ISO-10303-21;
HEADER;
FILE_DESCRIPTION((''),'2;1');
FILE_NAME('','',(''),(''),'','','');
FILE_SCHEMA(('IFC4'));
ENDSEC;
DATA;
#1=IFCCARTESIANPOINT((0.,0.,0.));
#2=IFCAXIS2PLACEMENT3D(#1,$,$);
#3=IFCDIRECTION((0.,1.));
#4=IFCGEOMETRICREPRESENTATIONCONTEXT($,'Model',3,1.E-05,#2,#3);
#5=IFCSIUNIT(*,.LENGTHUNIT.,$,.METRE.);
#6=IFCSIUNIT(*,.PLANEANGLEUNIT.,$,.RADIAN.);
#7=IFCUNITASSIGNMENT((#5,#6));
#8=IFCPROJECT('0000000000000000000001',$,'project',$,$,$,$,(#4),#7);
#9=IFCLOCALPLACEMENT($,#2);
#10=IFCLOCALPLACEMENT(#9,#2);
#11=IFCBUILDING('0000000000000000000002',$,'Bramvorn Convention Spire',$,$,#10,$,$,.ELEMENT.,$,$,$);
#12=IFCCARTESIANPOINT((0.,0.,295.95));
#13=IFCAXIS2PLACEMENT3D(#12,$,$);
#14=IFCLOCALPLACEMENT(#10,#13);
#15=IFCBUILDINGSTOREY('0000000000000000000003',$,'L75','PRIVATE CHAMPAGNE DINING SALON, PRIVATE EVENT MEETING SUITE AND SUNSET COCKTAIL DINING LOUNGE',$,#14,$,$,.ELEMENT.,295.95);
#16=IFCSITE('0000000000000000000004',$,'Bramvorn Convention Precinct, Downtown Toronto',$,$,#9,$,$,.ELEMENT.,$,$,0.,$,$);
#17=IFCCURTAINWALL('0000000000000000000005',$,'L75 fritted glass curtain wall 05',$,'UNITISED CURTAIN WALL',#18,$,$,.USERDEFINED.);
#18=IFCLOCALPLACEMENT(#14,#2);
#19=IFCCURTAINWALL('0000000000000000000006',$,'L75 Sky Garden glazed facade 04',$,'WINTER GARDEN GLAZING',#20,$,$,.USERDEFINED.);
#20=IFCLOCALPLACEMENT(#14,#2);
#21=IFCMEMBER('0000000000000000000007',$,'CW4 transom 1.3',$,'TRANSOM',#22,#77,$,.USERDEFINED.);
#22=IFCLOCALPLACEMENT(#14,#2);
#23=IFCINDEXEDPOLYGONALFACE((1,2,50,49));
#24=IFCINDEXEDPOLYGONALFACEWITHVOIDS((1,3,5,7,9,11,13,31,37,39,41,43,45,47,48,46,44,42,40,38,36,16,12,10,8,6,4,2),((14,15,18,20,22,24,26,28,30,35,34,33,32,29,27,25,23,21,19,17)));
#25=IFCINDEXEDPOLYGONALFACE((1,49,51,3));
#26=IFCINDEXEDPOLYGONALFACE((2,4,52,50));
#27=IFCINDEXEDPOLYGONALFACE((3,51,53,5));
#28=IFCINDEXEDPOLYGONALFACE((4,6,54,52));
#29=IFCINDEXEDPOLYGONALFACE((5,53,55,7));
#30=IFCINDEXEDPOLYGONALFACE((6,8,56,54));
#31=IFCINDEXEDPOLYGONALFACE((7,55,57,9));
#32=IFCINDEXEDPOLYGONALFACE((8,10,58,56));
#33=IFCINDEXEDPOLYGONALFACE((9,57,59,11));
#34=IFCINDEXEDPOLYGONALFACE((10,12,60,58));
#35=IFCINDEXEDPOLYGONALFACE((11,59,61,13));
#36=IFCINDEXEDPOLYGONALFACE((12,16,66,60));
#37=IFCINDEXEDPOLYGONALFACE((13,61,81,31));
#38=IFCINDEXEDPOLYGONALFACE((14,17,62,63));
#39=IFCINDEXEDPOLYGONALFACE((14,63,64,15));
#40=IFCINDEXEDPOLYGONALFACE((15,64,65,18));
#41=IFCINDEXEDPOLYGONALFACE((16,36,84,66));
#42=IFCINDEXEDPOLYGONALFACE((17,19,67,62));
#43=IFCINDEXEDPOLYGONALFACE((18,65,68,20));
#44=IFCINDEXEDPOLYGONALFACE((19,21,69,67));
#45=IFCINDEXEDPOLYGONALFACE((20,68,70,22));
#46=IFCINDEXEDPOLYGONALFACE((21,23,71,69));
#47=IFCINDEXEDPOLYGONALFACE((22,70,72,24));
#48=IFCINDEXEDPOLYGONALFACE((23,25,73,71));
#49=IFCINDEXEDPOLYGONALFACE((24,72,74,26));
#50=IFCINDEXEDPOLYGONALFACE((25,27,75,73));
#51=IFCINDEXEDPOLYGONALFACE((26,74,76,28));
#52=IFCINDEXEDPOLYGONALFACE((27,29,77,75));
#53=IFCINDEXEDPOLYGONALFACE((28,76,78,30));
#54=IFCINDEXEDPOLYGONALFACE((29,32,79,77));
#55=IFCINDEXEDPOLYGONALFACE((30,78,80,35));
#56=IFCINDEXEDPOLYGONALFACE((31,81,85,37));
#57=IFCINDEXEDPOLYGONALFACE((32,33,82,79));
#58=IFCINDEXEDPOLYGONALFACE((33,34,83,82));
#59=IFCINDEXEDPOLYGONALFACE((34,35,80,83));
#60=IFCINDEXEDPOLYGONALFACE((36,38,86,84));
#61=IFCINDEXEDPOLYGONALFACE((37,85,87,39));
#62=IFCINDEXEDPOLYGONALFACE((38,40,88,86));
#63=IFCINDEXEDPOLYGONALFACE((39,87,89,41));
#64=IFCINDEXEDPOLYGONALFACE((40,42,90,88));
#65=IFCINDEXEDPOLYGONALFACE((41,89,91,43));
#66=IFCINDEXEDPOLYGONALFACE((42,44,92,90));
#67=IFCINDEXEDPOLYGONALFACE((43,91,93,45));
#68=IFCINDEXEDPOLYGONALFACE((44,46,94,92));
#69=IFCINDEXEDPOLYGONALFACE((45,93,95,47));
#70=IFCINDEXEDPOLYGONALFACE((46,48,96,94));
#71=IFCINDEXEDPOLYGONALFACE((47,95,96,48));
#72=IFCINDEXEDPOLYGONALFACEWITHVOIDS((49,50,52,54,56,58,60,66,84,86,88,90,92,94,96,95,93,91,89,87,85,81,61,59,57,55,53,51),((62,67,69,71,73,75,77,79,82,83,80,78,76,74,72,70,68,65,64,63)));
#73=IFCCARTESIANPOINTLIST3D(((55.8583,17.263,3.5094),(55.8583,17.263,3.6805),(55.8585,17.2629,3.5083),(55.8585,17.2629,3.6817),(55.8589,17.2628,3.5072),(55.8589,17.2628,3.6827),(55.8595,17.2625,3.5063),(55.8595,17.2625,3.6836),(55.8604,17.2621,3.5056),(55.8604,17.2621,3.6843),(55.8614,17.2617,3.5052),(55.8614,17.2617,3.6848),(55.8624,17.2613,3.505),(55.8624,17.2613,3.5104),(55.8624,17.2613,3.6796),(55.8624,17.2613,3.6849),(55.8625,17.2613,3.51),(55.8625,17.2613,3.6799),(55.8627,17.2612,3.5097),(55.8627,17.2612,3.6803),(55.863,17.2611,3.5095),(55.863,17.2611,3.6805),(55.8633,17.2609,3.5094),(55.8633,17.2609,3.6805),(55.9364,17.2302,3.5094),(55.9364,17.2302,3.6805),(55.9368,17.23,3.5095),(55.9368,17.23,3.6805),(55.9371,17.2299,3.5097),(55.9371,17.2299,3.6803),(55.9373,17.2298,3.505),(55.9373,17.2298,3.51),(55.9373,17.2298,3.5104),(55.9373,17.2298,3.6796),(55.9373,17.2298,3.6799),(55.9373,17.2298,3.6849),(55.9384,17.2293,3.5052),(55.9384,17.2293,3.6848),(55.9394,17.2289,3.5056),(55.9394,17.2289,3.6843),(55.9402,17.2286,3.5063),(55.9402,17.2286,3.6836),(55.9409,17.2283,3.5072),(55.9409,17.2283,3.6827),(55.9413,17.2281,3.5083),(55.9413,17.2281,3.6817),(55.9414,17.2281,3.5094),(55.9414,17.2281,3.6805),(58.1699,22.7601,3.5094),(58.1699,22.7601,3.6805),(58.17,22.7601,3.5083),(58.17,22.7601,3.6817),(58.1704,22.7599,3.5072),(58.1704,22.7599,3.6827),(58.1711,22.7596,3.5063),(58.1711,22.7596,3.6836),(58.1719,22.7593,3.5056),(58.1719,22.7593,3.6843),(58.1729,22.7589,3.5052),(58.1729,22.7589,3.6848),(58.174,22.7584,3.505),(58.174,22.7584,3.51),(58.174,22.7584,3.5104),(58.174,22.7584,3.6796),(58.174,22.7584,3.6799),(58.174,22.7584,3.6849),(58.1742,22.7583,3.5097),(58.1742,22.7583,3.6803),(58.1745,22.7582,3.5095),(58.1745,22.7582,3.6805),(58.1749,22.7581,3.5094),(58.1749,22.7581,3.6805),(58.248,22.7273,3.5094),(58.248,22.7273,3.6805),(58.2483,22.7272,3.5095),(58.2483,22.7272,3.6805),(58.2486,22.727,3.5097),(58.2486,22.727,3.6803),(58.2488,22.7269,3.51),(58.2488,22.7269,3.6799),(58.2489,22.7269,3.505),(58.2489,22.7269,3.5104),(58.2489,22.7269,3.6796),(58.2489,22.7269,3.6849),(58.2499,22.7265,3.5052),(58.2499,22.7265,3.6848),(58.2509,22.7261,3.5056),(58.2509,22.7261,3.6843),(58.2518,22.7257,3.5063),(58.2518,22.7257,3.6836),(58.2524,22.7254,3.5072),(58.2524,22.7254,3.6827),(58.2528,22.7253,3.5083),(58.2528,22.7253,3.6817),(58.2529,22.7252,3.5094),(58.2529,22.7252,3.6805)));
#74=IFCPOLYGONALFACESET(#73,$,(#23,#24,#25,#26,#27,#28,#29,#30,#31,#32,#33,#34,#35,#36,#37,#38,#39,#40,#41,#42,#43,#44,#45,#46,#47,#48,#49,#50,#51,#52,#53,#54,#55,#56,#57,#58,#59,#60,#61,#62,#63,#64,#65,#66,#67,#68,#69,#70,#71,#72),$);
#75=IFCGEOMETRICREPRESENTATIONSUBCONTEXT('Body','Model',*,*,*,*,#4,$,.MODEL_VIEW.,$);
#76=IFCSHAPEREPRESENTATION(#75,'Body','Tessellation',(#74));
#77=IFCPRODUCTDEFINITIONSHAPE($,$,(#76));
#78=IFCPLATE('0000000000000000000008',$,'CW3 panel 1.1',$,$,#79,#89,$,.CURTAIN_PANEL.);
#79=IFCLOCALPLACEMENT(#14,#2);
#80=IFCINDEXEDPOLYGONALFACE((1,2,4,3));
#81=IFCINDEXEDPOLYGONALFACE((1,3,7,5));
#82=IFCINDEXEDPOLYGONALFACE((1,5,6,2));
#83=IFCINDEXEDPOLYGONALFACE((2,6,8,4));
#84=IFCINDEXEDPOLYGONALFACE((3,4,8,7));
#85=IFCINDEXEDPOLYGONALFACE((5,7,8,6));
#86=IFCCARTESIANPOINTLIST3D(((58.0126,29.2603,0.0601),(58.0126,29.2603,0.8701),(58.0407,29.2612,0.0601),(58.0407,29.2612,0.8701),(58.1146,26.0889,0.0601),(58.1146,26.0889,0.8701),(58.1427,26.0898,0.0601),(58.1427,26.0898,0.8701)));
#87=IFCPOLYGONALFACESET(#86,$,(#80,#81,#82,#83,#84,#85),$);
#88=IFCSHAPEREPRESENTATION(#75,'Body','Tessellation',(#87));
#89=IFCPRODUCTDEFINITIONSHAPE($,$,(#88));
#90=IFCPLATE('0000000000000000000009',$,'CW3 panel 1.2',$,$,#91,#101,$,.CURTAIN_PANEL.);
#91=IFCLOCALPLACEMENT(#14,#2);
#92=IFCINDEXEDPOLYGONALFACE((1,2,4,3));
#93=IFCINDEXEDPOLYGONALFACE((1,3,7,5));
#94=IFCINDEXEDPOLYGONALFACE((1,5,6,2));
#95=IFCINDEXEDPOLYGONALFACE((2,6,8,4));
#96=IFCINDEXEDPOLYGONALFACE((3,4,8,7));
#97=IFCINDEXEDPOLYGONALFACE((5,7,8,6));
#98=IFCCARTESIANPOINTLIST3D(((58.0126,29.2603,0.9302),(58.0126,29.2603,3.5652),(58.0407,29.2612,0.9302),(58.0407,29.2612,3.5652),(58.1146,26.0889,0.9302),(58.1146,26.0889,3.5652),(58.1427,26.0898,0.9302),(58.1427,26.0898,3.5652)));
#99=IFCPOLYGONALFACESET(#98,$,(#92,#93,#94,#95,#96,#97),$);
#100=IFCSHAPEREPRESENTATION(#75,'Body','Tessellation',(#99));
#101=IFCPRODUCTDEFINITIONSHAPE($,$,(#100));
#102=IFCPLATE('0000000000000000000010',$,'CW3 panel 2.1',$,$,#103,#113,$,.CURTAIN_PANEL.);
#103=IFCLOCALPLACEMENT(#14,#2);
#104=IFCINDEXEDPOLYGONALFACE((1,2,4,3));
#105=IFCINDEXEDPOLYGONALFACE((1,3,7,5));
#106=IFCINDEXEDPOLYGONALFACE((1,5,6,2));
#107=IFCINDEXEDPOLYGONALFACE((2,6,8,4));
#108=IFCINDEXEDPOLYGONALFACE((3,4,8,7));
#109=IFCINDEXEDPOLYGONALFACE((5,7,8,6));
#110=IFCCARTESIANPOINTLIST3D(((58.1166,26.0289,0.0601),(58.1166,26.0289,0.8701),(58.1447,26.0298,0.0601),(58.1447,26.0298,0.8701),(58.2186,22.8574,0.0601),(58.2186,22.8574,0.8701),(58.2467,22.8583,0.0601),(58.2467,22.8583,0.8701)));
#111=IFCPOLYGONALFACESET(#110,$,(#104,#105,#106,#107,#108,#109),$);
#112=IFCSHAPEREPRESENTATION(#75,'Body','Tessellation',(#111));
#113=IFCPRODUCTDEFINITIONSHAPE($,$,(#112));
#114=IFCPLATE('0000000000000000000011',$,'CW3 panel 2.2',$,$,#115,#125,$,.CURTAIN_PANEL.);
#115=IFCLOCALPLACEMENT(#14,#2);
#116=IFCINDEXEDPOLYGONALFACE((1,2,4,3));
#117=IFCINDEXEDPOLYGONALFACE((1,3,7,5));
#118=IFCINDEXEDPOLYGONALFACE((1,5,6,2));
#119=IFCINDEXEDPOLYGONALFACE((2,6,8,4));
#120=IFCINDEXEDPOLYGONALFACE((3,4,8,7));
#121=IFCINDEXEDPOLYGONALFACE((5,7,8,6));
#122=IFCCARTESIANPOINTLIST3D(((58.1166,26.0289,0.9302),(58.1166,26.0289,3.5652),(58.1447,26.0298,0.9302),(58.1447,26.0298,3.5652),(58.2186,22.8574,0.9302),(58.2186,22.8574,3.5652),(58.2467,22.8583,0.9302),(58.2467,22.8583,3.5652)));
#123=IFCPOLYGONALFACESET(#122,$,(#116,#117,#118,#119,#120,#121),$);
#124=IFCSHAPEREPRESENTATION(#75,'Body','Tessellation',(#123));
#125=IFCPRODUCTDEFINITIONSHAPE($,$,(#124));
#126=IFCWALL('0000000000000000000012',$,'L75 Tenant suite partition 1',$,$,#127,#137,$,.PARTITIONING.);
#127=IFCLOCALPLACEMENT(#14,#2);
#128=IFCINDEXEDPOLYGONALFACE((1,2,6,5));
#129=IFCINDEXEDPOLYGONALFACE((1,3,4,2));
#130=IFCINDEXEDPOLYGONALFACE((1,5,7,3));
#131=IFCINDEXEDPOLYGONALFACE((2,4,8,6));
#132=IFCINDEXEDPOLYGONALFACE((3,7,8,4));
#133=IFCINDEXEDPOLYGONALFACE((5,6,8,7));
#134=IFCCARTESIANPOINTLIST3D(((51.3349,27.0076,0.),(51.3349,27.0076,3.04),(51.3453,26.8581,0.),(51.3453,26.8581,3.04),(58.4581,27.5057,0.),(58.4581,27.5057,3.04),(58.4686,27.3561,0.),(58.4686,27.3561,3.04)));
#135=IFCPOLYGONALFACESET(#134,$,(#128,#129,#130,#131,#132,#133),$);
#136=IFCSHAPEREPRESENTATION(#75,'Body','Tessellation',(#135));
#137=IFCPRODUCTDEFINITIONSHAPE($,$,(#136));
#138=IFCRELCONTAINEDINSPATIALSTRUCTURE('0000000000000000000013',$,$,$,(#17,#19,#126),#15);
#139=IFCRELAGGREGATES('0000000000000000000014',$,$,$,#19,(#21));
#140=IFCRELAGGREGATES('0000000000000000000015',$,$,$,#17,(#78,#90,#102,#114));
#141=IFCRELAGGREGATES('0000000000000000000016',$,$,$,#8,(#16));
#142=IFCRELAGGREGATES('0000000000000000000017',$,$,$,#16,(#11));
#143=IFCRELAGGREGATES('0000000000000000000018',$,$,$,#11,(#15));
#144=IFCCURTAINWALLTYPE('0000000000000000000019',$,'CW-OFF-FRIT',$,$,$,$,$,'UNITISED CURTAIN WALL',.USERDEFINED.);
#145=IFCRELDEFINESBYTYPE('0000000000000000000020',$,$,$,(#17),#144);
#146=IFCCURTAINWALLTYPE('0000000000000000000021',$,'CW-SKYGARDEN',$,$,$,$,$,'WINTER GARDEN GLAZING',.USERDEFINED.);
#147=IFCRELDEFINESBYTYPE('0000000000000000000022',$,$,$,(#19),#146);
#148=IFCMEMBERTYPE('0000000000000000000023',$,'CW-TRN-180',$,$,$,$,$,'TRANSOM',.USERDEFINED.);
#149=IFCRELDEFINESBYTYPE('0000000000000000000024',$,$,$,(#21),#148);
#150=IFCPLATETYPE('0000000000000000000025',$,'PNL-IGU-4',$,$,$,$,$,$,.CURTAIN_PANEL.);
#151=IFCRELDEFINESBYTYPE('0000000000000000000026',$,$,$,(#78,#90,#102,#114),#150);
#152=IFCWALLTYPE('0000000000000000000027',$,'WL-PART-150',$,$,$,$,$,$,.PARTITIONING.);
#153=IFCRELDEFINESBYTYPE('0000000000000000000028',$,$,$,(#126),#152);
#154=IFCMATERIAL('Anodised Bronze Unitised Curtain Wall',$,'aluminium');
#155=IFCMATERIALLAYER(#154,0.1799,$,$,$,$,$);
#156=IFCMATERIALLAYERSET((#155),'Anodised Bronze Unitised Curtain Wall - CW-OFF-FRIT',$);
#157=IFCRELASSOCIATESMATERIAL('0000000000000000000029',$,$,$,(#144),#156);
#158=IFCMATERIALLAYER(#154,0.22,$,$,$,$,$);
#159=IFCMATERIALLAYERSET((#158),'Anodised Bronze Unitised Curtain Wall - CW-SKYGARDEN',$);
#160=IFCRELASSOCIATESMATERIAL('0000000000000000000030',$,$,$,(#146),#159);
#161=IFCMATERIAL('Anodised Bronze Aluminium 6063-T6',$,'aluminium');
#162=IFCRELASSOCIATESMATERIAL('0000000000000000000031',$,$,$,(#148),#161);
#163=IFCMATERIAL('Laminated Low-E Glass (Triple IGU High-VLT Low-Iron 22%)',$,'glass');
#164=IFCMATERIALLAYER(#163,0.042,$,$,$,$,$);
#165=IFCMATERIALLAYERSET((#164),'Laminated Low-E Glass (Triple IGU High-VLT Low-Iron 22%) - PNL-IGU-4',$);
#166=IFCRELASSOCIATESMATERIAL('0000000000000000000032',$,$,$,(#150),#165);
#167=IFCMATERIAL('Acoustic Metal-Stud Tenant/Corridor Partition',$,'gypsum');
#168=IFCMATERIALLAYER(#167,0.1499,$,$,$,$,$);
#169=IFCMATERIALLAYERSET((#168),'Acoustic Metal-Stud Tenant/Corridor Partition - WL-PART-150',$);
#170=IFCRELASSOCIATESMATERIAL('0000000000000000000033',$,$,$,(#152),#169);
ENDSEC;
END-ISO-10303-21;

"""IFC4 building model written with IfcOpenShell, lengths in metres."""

from ifc_helpers import new_model, si_unit, direction, frame, frame_2d, origin, origin_2d, place, context, subcontext, project, spatial, rectangle, hollow_rectangle, extrude, material, layer, layer_set, material_profile, profile_set, type_object, element, aggregate, save


model = new_model("IFC4")

# Units and contexts
model_context = context("Model", 3, precision=1e-05, world=origin(), true_north=direction((0.0, 1.0)))
body_context = subcontext(model_context, "Body", "Model", "MODEL_VIEW")
ifc_project = project(units=[si_unit("LENGTHUNIT", "METRE"), si_unit("PLANEANGLEUNIT", "RADIAN")], contexts=[model_context])

# Site, building, storey
site_placement = place(None, origin())
site = spatial("IfcSite", under=ifc_project, at=site_placement, Name="Bramvorn Convention Precinct, Downtown Toronto", CompositionType="ELEMENT", RefElevation=0.0)
building_placement = place(site_placement, origin())
building = spatial("IfcBuilding", under=site, at=building_placement, Name="Bramvorn Convention Spire", CompositionType="ELEMENT")
storey_placement = place(building_placement, frame((0.0, 0.0, 295.95)))
storey = spatial("IfcBuildingStorey", under=building, at=storey_placement, Name="L75", Description="PRIVATE CHAMPAGNE DINING SALON, PRIVATE EVENT MEETING SUITE AND SUNSET COCKTAIL DINING LOUNGE", CompositionType="ELEMENT", Elevation=295.95)

# Curtain wall
ifc_material_1 = material(Name="Anodised Bronze Unitised Curtain Wall", Category="aluminium")
ifc_layer_1 = layer(ifc_material_1, 0.1799)
ifc_layer_set_1 = layer_set([ifc_layer_1], Name="Anodised Bronze Unitised Curtain Wall - CW-OFF-FRIT")
curtain_wall_type_1 = type_object("IfcCurtainWallType", Name="CW-OFF-FRIT", ElementType="UNITISED CURTAIN WALL", PredefinedType="USERDEFINED", material=ifc_layer_set_1)
curtain_wall_1_placement = place(storey_placement, origin())
curtain_wall_1 = element("IfcCurtainWall", 1, at=curtain_wall_1_placement, inside=storey, type_object=curtain_wall_type_1, Name="L75 fritted glass curtain wall 05", ObjectType="UNITISED CURTAIN WALL", PredefinedType="USERDEFINED")
ifc_material_2 = material(Name="Anodised Bronze Aluminium 6063-T6", Category="aluminium")

# Curtain wall
ifc_layer_2 = layer(ifc_material_1, 0.22)
ifc_layer_set_2 = layer_set([ifc_layer_2], Name="Anodised Bronze Unitised Curtain Wall - CW-SKYGARDEN")
curtain_wall_type_2 = type_object("IfcCurtainWallType", Name="CW-SKYGARDEN", ElementType="WINTER GARDEN GLAZING", PredefinedType="USERDEFINED", material=ifc_layer_set_2)
curtain_wall_2_placement = place(storey_placement, origin())
curtain_wall_2 = element("IfcCurtainWall", 2, at=curtain_wall_2_placement, inside=storey, type_object=curtain_wall_type_2, Name="L75 Sky Garden glazed facade 04", ObjectType="WINTER GARDEN GLAZING", PredefinedType="USERDEFINED")

# Member
ifc_material_profile_1 = material_profile(ifc_material_2, hollow_rectangle(XDim=0.0901, YDim=0.1799, WallThickness=0.0044, InnerFilletRadius=0.001, OuterFilletRadius=0.0044, at=origin_2d()))
ifc_profile_set_1 = profile_set([ifc_material_profile_1], Name="Anodised Bronze Aluminium 6063-T6 - CWT90X180")
member_type_1 = type_object("IfcMemberType", Name="CW-TRN-180", ElementType="TRANSOM", PredefinedType="USERDEFINED", material=ifc_profile_set_1)
member_1_placement = place(storey_placement, frame((58.2114, 22.7427, 3.595), z_axis=(-0.387625, -0.921817, 0.0), x_axis=(0.921817, -0.387625, 0.0)))
member_1 = element("IfcMember", 3, at=member_1_placement, type_object=member_type_1, Name="CW4 transom 1.3", ObjectType="TRANSOM", PredefinedType="USERDEFINED", context=body_context, shape_type="SweptSolid", body=[
    extrude(hollow_rectangle(XDim=0.0901, YDim=0.1799, WallThickness=0.0044, InnerFilletRadius=0.001, OuterFilletRadius=0.0044, at=origin_2d()), origin(), (0.0, 0.0, 1.0), 5.9634),
])
aggregate(curtain_wall_2, [member_1])

# Plates
ifc_material_3 = material(Name="Laminated Low-E Glass (Triple IGU High-VLT Low-Iron 22%)", Category="glass")
ifc_layer_3 = layer(ifc_material_3, 0.042)
ifc_layer_set_3 = layer_set([ifc_layer_3], Name="Laminated Low-E Glass (Triple IGU High-VLT Low-Iron 22%) - PNL-IGU-4")
plate_type = type_object("IfcPlateType", Name="PNL-IGU-4", PredefinedType="CURTAIN_PANEL", material=ifc_layer_set_3)
plate_1_placement = place(storey_placement, frame((58.0776, 27.675, 0.0601), z_axis=(0.0, 0.0, 1.0), x_axis=(0.032147, -0.999483, 0.0)))
plate_1 = element("IfcPlate", 4, at=plate_1_placement, type_object=plate_type, Name="CW3 panel 1.1", PredefinedType="CURTAIN_PANEL", context=body_context, shape_type="SweptSolid", body=[
    extrude(rectangle(XDim=3.1731, YDim=0.0281, at=origin_2d()), origin(), (0.0, 0.0, 1.0), 0.8101),
])
plate_2_placement = place(storey_placement, frame((58.0776, 27.675, 0.9302), z_axis=(0.0, 0.0, 1.0), x_axis=(0.032147, -0.999483, 0.0)))
plate_2 = element("IfcPlate", 5, at=plate_2_placement, type_object=plate_type, Name="CW3 panel 1.2", PredefinedType="CURTAIN_PANEL", context=body_context, shape_type="SweptSolid", body=[
    extrude(rectangle(XDim=3.1731, YDim=0.0281, at=origin_2d()), origin(), (0.0, 0.0, 1.0), 2.635),
])
plate_3_placement = place(storey_placement, frame((58.1816, 24.4436, 0.0601), z_axis=(0.0, 0.0, 1.0), x_axis=(0.032147, -0.999483, 0.0)))
plate_3 = element("IfcPlate", 6, at=plate_3_placement, type_object=plate_type, Name="CW3 panel 2.1", PredefinedType="CURTAIN_PANEL", context=body_context, shape_type="SweptSolid", body=[
    extrude(rectangle(XDim=3.1731, YDim=0.0281, at=origin_2d()), origin(), (0.0, 0.0, 1.0), 0.8101),
])
plate_4_placement = place(storey_placement, frame((58.1816, 24.4436, 0.9302), z_axis=(0.0, 0.0, 1.0), x_axis=(0.032147, -0.999483, 0.0)))
plate_4 = element("IfcPlate", 7, at=plate_4_placement, type_object=plate_type, Name="CW3 panel 2.2", PredefinedType="CURTAIN_PANEL", context=body_context, shape_type="SweptSolid", body=[
    extrude(rectangle(XDim=3.1731, YDim=0.0281, at=origin_2d()), origin(), (0.0, 0.0, 1.0), 2.635),
])
aggregate(curtain_wall_1, [plate_1, plate_2, plate_3, plate_4])

# Wall
ifc_material_4 = material(Name="Acoustic Metal-Stud Tenant/Corridor Partition", Category="gypsum")
ifc_layer_4 = layer(ifc_material_4, 0.1499)
ifc_layer_set_4 = layer_set([ifc_layer_4], Name="Acoustic Metal-Stud Tenant/Corridor Partition - WL-PART-150")
wall_type = type_object("IfcWallType", Name="WL-PART-150", PredefinedType="PARTITIONING", material=ifc_layer_set_4)
wall_placement = place(storey_placement, frame((51.3401, 26.9329, 0.0), z_axis=(0.0, 0.0, 1.0), x_axis=(0.997565, 0.069748, 0.0)))
element("IfcWall", 8, at=wall_placement, inside=storey, type_object=wall_type, Name="L75 Tenant suite partition 1", PredefinedType="PARTITIONING", context=body_context, shape_type="SweptSolid", body=[
    extrude(rectangle(XDim=7.1406, YDim=0.1499, at=frame_2d((3.5703, 0.0))), origin(), (0.0, 0.0, 1.0), 3.04),
])

save(model, "model.ifc")
